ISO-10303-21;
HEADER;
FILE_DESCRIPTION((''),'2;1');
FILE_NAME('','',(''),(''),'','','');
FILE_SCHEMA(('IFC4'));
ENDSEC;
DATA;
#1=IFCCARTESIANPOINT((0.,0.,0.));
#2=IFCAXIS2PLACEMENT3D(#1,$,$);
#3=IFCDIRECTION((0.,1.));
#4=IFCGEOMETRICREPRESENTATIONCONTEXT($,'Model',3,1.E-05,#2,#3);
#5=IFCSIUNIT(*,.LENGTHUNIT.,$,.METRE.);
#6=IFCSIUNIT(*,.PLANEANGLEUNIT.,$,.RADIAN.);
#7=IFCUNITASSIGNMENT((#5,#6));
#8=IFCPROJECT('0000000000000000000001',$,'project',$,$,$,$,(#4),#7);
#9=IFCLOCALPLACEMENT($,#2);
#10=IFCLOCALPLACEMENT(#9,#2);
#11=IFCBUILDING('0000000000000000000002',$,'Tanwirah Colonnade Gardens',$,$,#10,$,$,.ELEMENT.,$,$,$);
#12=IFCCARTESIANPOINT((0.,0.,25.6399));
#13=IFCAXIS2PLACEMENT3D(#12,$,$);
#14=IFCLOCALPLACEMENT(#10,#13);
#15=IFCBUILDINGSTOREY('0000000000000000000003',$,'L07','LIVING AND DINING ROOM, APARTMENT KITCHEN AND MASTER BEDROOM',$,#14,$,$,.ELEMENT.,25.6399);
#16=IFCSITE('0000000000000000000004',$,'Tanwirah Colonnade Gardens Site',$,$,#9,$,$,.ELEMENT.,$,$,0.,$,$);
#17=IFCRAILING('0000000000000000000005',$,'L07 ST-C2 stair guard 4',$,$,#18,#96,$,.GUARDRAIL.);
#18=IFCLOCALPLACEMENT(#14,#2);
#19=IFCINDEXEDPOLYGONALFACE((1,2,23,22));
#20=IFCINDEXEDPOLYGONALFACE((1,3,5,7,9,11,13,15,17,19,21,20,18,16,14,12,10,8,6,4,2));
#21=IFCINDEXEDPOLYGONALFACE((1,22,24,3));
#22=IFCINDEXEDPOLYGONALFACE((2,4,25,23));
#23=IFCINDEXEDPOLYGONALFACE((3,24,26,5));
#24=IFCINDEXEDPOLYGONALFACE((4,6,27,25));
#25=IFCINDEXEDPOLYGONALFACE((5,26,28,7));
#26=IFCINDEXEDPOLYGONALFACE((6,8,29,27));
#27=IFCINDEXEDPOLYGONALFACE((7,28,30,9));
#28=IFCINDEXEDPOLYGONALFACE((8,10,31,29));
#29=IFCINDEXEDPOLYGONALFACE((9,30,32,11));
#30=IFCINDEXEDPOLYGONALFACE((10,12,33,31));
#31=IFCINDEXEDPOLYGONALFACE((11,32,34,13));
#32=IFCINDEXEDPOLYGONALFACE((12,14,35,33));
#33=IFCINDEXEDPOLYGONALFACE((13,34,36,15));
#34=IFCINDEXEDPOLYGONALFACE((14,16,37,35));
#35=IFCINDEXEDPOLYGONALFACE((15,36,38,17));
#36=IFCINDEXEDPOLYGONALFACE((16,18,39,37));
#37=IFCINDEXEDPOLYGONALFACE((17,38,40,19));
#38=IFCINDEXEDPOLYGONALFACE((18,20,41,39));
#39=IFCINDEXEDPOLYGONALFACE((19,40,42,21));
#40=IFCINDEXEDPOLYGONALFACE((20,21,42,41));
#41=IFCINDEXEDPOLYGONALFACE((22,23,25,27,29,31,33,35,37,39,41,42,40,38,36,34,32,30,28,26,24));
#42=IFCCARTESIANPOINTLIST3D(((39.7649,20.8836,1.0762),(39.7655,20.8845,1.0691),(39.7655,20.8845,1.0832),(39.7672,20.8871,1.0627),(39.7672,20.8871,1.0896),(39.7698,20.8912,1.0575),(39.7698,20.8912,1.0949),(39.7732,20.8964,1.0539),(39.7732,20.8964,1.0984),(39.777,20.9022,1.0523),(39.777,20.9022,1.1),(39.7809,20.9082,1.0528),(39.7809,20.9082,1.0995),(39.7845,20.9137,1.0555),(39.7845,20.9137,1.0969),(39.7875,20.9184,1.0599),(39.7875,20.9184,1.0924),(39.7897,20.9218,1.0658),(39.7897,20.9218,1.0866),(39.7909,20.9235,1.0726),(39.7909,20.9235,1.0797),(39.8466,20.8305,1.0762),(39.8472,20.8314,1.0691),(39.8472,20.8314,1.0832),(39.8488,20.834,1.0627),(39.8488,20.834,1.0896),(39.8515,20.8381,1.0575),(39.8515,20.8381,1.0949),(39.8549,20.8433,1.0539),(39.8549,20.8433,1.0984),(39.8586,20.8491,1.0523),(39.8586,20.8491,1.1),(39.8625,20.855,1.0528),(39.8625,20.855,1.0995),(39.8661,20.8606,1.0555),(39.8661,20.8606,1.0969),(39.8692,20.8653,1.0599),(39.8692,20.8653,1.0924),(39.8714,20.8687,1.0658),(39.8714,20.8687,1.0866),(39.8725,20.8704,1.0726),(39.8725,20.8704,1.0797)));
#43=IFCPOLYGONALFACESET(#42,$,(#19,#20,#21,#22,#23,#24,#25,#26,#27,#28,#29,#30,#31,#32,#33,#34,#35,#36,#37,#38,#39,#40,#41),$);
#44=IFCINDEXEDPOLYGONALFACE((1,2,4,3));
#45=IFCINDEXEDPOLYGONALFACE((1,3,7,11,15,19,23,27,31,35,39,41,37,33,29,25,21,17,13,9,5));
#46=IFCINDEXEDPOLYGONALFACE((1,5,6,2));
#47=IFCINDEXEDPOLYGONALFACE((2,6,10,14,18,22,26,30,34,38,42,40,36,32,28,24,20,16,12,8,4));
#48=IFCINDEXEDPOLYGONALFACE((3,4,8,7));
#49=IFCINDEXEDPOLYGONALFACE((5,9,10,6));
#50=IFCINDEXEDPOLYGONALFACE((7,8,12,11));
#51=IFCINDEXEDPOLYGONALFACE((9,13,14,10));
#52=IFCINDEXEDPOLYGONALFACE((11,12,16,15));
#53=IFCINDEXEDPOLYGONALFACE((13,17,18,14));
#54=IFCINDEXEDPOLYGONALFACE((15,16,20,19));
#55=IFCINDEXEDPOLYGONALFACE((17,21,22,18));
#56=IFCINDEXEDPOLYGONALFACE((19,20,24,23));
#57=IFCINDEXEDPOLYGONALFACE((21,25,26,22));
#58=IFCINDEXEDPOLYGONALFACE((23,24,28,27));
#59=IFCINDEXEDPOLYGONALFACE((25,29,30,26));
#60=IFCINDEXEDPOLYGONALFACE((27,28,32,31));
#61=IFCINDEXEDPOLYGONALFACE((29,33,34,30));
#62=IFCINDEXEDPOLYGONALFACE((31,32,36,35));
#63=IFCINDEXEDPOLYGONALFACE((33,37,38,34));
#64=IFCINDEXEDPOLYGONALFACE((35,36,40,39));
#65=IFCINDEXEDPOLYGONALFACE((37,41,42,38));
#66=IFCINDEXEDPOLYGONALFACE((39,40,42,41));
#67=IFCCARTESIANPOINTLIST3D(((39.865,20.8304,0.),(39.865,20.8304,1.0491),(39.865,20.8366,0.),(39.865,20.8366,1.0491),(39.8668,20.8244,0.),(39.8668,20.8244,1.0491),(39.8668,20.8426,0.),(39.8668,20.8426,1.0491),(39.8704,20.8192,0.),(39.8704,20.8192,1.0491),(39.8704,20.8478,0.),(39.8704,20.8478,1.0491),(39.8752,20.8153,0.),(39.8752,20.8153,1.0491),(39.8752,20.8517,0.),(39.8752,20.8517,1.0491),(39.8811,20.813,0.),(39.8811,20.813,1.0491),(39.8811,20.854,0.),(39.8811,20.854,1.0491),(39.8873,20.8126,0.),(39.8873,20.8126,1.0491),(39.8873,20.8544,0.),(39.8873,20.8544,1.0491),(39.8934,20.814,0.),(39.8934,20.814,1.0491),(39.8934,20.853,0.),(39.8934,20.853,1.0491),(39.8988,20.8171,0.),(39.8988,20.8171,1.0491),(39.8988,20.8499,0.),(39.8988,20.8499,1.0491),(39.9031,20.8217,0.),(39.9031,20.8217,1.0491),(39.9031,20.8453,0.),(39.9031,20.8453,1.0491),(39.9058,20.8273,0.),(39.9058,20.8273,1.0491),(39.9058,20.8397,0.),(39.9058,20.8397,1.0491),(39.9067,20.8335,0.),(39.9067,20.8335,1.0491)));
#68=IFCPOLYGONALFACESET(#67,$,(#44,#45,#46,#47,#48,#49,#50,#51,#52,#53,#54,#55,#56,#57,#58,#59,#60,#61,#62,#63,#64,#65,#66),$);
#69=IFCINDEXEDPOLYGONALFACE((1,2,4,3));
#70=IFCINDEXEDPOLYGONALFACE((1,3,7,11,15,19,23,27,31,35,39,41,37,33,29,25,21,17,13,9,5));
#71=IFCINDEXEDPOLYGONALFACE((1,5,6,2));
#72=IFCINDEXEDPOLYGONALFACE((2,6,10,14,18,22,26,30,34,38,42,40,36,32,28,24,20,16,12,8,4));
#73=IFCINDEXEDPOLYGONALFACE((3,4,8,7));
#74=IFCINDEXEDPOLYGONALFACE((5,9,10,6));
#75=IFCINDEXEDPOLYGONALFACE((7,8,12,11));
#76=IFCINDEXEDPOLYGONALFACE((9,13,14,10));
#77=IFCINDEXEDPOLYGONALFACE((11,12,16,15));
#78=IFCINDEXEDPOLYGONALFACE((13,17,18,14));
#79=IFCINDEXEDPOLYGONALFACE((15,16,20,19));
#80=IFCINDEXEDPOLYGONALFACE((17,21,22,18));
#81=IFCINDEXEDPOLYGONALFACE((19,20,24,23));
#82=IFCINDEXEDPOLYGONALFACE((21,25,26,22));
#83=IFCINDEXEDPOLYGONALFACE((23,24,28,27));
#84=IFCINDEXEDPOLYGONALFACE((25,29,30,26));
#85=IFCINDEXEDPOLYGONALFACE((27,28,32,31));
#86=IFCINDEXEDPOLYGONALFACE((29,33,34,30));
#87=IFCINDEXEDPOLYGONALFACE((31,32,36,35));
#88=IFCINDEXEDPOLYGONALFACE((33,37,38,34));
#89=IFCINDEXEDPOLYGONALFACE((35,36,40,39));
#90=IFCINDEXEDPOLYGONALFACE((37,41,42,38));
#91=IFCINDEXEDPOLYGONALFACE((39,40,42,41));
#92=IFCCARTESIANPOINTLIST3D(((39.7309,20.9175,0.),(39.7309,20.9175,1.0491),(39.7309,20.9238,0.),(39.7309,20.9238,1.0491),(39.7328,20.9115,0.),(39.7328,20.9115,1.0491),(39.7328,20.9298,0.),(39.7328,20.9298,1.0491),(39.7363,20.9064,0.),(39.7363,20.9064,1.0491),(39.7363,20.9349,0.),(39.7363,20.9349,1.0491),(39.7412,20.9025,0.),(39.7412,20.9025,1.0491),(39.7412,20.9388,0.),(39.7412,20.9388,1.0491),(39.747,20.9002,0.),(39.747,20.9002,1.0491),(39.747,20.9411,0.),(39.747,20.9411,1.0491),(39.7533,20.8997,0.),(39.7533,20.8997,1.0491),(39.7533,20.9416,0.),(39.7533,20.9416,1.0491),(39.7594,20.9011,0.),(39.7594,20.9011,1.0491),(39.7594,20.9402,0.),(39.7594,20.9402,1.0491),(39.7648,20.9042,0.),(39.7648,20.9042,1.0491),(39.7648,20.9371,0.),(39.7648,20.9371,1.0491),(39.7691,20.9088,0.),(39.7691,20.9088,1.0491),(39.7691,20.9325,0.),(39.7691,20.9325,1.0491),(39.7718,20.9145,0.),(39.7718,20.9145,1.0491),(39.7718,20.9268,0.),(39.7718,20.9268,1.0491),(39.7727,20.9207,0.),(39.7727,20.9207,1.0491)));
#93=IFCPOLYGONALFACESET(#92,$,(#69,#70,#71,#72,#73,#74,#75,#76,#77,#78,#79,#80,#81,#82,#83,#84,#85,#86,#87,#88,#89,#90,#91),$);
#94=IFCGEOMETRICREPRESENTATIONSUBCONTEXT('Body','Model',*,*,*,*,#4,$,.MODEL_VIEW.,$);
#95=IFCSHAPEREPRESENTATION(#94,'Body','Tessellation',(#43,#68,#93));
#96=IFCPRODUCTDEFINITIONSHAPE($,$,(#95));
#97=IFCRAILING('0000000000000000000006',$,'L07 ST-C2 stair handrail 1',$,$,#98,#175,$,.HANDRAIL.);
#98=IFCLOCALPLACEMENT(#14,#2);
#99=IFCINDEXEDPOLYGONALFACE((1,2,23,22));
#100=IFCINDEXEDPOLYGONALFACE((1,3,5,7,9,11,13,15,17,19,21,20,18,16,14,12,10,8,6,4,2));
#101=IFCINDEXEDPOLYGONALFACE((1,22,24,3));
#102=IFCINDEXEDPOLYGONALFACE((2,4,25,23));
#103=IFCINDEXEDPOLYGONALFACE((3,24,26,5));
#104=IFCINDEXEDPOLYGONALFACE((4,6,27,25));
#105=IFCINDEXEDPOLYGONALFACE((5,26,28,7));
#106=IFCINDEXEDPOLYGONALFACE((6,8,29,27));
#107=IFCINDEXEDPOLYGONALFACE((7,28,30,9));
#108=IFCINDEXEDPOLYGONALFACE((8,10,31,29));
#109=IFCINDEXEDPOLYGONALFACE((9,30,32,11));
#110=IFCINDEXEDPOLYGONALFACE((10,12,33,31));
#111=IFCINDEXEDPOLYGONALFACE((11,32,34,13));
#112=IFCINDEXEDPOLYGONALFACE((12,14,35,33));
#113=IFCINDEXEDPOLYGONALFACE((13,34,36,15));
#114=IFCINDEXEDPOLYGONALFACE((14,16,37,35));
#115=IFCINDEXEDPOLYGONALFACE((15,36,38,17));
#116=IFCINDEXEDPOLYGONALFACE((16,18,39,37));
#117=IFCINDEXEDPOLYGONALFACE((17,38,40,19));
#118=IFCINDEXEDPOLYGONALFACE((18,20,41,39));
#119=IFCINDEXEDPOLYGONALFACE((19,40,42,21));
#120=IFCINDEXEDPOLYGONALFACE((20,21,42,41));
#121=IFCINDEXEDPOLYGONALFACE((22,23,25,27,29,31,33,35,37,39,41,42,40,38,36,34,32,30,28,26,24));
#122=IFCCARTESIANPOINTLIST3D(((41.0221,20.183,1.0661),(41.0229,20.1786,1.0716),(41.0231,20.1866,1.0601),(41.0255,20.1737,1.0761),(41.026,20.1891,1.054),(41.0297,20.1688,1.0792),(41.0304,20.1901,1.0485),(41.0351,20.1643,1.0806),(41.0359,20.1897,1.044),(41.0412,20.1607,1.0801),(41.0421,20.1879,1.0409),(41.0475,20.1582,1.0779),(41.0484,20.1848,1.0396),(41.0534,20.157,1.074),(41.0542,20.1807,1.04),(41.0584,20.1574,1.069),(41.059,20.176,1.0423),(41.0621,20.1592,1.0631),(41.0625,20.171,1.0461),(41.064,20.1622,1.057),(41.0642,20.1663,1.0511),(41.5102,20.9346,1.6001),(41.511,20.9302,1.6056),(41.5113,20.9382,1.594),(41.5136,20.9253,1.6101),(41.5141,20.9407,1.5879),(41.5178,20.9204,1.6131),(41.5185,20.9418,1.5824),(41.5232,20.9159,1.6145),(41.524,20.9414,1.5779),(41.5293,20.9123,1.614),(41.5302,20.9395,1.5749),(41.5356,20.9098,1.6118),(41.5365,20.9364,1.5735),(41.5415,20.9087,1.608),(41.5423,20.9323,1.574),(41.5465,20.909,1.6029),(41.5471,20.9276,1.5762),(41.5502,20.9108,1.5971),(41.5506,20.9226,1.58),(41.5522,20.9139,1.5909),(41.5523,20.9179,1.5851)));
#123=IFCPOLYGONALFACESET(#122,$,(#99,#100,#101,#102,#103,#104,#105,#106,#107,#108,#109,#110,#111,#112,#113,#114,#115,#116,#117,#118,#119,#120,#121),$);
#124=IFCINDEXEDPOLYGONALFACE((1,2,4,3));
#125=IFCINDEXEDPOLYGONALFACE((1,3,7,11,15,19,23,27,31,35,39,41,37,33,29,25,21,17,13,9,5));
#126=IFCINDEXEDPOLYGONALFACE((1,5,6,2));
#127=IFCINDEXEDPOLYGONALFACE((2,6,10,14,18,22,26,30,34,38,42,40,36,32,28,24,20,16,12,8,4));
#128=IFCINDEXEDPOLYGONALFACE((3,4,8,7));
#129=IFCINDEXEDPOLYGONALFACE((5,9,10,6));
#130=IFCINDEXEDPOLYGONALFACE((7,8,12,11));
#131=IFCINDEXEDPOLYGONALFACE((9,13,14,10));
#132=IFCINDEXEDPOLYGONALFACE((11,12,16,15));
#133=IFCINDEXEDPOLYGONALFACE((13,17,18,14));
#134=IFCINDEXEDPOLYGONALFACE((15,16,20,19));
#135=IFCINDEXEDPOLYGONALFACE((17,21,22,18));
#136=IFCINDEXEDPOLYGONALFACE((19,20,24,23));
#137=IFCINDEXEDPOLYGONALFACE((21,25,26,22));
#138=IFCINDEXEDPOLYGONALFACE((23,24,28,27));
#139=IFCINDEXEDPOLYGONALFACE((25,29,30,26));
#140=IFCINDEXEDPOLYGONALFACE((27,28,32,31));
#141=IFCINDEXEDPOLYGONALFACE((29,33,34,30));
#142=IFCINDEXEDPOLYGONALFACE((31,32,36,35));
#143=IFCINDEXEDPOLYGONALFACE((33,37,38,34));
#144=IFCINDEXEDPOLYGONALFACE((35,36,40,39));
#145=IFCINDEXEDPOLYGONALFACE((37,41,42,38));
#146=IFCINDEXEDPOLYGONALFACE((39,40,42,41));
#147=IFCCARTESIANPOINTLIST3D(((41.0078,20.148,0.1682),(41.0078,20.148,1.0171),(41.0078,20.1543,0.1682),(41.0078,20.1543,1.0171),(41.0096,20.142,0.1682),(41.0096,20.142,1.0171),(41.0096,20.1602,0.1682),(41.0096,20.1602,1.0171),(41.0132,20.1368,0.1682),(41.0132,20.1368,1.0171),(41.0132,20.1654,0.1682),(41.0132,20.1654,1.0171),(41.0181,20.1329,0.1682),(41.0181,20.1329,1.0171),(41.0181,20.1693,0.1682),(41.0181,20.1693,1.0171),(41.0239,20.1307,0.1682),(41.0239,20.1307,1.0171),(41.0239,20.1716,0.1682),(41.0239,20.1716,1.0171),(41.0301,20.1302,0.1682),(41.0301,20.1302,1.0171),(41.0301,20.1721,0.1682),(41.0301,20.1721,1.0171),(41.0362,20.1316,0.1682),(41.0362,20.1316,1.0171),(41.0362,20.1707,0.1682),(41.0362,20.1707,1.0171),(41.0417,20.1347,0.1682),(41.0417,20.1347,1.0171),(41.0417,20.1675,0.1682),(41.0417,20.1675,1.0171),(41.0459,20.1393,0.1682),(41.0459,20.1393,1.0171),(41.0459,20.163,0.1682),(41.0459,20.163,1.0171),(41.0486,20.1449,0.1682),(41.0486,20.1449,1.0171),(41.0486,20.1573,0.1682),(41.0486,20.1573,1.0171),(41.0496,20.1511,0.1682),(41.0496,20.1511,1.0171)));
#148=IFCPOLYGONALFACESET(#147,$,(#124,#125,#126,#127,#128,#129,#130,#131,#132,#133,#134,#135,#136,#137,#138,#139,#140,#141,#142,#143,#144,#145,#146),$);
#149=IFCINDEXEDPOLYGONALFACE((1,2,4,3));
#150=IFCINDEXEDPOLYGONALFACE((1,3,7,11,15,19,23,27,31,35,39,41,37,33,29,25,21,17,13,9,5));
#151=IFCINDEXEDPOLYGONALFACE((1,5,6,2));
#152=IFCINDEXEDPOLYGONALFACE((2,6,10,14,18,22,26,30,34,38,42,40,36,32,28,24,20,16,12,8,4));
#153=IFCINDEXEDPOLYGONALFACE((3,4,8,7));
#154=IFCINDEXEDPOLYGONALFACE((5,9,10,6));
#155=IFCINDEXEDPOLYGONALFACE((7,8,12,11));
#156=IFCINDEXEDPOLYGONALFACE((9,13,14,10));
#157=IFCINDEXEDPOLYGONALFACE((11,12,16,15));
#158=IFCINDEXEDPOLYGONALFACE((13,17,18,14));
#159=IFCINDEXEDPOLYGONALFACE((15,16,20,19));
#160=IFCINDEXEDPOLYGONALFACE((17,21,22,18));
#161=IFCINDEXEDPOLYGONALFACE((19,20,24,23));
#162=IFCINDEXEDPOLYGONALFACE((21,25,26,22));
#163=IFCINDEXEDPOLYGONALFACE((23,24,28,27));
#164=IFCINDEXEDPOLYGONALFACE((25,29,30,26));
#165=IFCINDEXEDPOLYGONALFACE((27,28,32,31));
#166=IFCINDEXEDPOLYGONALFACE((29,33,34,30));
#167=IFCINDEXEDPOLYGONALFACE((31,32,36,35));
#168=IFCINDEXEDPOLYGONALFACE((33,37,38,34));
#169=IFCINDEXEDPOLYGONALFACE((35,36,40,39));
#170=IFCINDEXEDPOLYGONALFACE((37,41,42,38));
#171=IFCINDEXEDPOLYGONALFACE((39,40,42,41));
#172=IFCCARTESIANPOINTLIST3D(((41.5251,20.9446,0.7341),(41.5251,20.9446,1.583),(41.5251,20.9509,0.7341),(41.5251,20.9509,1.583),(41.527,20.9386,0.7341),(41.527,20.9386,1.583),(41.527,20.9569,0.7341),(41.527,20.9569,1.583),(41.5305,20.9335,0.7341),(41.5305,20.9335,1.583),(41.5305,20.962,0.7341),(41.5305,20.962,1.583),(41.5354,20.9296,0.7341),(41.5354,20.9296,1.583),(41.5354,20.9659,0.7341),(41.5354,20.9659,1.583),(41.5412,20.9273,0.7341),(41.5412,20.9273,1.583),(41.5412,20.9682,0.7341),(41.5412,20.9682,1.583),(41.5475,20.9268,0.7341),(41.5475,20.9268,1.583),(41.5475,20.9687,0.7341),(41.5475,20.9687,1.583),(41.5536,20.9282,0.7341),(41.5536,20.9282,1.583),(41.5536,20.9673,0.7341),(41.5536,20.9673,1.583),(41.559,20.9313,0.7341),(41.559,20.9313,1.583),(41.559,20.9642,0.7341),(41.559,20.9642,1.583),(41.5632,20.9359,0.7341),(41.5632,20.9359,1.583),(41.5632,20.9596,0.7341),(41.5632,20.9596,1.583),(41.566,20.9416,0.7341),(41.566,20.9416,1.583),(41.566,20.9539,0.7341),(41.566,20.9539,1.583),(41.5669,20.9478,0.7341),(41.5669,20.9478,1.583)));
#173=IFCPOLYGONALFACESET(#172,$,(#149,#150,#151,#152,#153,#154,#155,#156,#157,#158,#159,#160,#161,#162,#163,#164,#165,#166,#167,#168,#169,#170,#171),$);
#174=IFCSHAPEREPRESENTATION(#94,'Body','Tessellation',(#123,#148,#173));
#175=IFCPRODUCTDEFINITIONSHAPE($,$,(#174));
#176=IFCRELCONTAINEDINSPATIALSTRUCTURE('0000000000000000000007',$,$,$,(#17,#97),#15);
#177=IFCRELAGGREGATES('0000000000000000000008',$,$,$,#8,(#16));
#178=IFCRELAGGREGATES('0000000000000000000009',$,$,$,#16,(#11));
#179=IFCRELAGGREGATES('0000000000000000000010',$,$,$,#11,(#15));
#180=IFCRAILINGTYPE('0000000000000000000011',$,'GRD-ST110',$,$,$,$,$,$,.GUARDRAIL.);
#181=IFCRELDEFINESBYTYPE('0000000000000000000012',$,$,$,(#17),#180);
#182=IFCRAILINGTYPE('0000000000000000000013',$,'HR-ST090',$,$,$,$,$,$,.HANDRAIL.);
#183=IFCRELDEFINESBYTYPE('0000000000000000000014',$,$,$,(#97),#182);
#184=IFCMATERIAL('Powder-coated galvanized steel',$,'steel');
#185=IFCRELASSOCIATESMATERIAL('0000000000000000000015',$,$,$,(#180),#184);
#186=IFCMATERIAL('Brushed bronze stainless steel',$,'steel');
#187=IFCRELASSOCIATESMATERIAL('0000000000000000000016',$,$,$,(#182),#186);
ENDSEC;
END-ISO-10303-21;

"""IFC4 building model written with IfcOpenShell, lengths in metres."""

from ifc_helpers import new_model, si_unit, direction, frame, origin, origin_2d, place, context, subcontext, project, spatial, circle, extrude, material, type_object, element, save


model = new_model("IFC4")

# Units and contexts
model_context = context("Model", 3, precision=1e-05, world=origin(), true_north=direction((0.0, 1.0)))
body_context = subcontext(model_context, "Body", "Model", "MODEL_VIEW")
ifc_project = project(units=[si_unit("LENGTHUNIT", "METRE"), si_unit("PLANEANGLEUNIT", "RADIAN")], contexts=[model_context])

# Site, building, storey
site_placement = place(None, origin())
site = spatial("IfcSite", under=ifc_project, at=site_placement, Name="Tanwirah Colonnade Gardens Site", CompositionType="ELEMENT", RefElevation=0.0)
building_placement = place(site_placement, origin())
building = spatial("IfcBuilding", under=site, at=building_placement, Name="Tanwirah Colonnade Gardens", CompositionType="ELEMENT")
storey_placement = place(building_placement, frame((0.0, 0.0, 25.6399)))
storey = spatial("IfcBuildingStorey", under=building, at=storey_placement, Name="L07", Description="LIVING AND DINING ROOM, APARTMENT KITCHEN AND MASTER BEDROOM", CompositionType="ELEMENT", Elevation=25.6399)

# Railings
ifc_material_1 = material(Name="Powder-coated galvanized steel", Category="steel")
railing_type_1 = type_object("IfcRailingType", Name="GRD-ST110", PredefinedType="GUARDRAIL", material=ifc_material_1)
railing_1_placement = place(storey_placement, frame((39.8857, 20.8335, 0.0)))
element("IfcRailing", 1, at=railing_1_placement, inside=storey, type_object=railing_type_1, Name="L07 ST-C2 stair guard 4", PredefinedType="GUARDRAIL", context=body_context, shape_type="SweptSolid", body=[
    extrude(circle(Radius=0.0239, at=origin_2d()), frame((-0.0261, 0.0171, 1.0762), z_axis=(-0.838339, 0.545149, 0.0), x_axis=(-0.545149, -0.838339, 0.0)), (0.0, 0.0, 1.0), 0.0974),
    extrude(circle(Radius=0.021, at=origin_2d()), origin(), (0.0, 0.0, 1.0), 1.0491),
    extrude(circle(Radius=0.021, at=origin_2d()), frame((-0.134, 0.0872, 0.0)), (0.0, 0.0, 1.0), 1.0491),
])
ifc_material_2 = material(Name="Brushed bronze stainless steel", Category="steel")
railing_type_2 = type_object("IfcRailingType", Name="HR-ST090", PredefinedType="HANDRAIL", material=ifc_material_2)
for number, where, name in (
    (2, (41.0286, 20.1511, 0.1682), "L07 ST-C2 stair handrail 1"),
):
    element("IfcRailing", number, at=place(storey_placement, frame(where)), inside=storey, type_object=railing_type_2, Name=name, PredefinedType="HANDRAIL", context=body_context, shape_type="SweptSolid", body=[
        extrude(circle(Radius=0.0239, at=origin_2d()), frame((0.0146, 0.0225, 0.8918), z_axis=(0.46789, 0.720492, 0.51183), x_axis=(-0.838673, 0.544636, 0.0)), (0.0, 0.0, 1.0), 1.0432),
        extrude(circle(Radius=0.021, at=origin_2d()), origin(), (0.0, 0.0, 1.0), 0.8489),
        extrude(circle(Radius=0.021, at=origin_2d()), frame((0.5173, 0.7966, 0.5659)), (0.0, 0.0, 1.0), 0.8489),
    ])

save(model, "model.ifc")
